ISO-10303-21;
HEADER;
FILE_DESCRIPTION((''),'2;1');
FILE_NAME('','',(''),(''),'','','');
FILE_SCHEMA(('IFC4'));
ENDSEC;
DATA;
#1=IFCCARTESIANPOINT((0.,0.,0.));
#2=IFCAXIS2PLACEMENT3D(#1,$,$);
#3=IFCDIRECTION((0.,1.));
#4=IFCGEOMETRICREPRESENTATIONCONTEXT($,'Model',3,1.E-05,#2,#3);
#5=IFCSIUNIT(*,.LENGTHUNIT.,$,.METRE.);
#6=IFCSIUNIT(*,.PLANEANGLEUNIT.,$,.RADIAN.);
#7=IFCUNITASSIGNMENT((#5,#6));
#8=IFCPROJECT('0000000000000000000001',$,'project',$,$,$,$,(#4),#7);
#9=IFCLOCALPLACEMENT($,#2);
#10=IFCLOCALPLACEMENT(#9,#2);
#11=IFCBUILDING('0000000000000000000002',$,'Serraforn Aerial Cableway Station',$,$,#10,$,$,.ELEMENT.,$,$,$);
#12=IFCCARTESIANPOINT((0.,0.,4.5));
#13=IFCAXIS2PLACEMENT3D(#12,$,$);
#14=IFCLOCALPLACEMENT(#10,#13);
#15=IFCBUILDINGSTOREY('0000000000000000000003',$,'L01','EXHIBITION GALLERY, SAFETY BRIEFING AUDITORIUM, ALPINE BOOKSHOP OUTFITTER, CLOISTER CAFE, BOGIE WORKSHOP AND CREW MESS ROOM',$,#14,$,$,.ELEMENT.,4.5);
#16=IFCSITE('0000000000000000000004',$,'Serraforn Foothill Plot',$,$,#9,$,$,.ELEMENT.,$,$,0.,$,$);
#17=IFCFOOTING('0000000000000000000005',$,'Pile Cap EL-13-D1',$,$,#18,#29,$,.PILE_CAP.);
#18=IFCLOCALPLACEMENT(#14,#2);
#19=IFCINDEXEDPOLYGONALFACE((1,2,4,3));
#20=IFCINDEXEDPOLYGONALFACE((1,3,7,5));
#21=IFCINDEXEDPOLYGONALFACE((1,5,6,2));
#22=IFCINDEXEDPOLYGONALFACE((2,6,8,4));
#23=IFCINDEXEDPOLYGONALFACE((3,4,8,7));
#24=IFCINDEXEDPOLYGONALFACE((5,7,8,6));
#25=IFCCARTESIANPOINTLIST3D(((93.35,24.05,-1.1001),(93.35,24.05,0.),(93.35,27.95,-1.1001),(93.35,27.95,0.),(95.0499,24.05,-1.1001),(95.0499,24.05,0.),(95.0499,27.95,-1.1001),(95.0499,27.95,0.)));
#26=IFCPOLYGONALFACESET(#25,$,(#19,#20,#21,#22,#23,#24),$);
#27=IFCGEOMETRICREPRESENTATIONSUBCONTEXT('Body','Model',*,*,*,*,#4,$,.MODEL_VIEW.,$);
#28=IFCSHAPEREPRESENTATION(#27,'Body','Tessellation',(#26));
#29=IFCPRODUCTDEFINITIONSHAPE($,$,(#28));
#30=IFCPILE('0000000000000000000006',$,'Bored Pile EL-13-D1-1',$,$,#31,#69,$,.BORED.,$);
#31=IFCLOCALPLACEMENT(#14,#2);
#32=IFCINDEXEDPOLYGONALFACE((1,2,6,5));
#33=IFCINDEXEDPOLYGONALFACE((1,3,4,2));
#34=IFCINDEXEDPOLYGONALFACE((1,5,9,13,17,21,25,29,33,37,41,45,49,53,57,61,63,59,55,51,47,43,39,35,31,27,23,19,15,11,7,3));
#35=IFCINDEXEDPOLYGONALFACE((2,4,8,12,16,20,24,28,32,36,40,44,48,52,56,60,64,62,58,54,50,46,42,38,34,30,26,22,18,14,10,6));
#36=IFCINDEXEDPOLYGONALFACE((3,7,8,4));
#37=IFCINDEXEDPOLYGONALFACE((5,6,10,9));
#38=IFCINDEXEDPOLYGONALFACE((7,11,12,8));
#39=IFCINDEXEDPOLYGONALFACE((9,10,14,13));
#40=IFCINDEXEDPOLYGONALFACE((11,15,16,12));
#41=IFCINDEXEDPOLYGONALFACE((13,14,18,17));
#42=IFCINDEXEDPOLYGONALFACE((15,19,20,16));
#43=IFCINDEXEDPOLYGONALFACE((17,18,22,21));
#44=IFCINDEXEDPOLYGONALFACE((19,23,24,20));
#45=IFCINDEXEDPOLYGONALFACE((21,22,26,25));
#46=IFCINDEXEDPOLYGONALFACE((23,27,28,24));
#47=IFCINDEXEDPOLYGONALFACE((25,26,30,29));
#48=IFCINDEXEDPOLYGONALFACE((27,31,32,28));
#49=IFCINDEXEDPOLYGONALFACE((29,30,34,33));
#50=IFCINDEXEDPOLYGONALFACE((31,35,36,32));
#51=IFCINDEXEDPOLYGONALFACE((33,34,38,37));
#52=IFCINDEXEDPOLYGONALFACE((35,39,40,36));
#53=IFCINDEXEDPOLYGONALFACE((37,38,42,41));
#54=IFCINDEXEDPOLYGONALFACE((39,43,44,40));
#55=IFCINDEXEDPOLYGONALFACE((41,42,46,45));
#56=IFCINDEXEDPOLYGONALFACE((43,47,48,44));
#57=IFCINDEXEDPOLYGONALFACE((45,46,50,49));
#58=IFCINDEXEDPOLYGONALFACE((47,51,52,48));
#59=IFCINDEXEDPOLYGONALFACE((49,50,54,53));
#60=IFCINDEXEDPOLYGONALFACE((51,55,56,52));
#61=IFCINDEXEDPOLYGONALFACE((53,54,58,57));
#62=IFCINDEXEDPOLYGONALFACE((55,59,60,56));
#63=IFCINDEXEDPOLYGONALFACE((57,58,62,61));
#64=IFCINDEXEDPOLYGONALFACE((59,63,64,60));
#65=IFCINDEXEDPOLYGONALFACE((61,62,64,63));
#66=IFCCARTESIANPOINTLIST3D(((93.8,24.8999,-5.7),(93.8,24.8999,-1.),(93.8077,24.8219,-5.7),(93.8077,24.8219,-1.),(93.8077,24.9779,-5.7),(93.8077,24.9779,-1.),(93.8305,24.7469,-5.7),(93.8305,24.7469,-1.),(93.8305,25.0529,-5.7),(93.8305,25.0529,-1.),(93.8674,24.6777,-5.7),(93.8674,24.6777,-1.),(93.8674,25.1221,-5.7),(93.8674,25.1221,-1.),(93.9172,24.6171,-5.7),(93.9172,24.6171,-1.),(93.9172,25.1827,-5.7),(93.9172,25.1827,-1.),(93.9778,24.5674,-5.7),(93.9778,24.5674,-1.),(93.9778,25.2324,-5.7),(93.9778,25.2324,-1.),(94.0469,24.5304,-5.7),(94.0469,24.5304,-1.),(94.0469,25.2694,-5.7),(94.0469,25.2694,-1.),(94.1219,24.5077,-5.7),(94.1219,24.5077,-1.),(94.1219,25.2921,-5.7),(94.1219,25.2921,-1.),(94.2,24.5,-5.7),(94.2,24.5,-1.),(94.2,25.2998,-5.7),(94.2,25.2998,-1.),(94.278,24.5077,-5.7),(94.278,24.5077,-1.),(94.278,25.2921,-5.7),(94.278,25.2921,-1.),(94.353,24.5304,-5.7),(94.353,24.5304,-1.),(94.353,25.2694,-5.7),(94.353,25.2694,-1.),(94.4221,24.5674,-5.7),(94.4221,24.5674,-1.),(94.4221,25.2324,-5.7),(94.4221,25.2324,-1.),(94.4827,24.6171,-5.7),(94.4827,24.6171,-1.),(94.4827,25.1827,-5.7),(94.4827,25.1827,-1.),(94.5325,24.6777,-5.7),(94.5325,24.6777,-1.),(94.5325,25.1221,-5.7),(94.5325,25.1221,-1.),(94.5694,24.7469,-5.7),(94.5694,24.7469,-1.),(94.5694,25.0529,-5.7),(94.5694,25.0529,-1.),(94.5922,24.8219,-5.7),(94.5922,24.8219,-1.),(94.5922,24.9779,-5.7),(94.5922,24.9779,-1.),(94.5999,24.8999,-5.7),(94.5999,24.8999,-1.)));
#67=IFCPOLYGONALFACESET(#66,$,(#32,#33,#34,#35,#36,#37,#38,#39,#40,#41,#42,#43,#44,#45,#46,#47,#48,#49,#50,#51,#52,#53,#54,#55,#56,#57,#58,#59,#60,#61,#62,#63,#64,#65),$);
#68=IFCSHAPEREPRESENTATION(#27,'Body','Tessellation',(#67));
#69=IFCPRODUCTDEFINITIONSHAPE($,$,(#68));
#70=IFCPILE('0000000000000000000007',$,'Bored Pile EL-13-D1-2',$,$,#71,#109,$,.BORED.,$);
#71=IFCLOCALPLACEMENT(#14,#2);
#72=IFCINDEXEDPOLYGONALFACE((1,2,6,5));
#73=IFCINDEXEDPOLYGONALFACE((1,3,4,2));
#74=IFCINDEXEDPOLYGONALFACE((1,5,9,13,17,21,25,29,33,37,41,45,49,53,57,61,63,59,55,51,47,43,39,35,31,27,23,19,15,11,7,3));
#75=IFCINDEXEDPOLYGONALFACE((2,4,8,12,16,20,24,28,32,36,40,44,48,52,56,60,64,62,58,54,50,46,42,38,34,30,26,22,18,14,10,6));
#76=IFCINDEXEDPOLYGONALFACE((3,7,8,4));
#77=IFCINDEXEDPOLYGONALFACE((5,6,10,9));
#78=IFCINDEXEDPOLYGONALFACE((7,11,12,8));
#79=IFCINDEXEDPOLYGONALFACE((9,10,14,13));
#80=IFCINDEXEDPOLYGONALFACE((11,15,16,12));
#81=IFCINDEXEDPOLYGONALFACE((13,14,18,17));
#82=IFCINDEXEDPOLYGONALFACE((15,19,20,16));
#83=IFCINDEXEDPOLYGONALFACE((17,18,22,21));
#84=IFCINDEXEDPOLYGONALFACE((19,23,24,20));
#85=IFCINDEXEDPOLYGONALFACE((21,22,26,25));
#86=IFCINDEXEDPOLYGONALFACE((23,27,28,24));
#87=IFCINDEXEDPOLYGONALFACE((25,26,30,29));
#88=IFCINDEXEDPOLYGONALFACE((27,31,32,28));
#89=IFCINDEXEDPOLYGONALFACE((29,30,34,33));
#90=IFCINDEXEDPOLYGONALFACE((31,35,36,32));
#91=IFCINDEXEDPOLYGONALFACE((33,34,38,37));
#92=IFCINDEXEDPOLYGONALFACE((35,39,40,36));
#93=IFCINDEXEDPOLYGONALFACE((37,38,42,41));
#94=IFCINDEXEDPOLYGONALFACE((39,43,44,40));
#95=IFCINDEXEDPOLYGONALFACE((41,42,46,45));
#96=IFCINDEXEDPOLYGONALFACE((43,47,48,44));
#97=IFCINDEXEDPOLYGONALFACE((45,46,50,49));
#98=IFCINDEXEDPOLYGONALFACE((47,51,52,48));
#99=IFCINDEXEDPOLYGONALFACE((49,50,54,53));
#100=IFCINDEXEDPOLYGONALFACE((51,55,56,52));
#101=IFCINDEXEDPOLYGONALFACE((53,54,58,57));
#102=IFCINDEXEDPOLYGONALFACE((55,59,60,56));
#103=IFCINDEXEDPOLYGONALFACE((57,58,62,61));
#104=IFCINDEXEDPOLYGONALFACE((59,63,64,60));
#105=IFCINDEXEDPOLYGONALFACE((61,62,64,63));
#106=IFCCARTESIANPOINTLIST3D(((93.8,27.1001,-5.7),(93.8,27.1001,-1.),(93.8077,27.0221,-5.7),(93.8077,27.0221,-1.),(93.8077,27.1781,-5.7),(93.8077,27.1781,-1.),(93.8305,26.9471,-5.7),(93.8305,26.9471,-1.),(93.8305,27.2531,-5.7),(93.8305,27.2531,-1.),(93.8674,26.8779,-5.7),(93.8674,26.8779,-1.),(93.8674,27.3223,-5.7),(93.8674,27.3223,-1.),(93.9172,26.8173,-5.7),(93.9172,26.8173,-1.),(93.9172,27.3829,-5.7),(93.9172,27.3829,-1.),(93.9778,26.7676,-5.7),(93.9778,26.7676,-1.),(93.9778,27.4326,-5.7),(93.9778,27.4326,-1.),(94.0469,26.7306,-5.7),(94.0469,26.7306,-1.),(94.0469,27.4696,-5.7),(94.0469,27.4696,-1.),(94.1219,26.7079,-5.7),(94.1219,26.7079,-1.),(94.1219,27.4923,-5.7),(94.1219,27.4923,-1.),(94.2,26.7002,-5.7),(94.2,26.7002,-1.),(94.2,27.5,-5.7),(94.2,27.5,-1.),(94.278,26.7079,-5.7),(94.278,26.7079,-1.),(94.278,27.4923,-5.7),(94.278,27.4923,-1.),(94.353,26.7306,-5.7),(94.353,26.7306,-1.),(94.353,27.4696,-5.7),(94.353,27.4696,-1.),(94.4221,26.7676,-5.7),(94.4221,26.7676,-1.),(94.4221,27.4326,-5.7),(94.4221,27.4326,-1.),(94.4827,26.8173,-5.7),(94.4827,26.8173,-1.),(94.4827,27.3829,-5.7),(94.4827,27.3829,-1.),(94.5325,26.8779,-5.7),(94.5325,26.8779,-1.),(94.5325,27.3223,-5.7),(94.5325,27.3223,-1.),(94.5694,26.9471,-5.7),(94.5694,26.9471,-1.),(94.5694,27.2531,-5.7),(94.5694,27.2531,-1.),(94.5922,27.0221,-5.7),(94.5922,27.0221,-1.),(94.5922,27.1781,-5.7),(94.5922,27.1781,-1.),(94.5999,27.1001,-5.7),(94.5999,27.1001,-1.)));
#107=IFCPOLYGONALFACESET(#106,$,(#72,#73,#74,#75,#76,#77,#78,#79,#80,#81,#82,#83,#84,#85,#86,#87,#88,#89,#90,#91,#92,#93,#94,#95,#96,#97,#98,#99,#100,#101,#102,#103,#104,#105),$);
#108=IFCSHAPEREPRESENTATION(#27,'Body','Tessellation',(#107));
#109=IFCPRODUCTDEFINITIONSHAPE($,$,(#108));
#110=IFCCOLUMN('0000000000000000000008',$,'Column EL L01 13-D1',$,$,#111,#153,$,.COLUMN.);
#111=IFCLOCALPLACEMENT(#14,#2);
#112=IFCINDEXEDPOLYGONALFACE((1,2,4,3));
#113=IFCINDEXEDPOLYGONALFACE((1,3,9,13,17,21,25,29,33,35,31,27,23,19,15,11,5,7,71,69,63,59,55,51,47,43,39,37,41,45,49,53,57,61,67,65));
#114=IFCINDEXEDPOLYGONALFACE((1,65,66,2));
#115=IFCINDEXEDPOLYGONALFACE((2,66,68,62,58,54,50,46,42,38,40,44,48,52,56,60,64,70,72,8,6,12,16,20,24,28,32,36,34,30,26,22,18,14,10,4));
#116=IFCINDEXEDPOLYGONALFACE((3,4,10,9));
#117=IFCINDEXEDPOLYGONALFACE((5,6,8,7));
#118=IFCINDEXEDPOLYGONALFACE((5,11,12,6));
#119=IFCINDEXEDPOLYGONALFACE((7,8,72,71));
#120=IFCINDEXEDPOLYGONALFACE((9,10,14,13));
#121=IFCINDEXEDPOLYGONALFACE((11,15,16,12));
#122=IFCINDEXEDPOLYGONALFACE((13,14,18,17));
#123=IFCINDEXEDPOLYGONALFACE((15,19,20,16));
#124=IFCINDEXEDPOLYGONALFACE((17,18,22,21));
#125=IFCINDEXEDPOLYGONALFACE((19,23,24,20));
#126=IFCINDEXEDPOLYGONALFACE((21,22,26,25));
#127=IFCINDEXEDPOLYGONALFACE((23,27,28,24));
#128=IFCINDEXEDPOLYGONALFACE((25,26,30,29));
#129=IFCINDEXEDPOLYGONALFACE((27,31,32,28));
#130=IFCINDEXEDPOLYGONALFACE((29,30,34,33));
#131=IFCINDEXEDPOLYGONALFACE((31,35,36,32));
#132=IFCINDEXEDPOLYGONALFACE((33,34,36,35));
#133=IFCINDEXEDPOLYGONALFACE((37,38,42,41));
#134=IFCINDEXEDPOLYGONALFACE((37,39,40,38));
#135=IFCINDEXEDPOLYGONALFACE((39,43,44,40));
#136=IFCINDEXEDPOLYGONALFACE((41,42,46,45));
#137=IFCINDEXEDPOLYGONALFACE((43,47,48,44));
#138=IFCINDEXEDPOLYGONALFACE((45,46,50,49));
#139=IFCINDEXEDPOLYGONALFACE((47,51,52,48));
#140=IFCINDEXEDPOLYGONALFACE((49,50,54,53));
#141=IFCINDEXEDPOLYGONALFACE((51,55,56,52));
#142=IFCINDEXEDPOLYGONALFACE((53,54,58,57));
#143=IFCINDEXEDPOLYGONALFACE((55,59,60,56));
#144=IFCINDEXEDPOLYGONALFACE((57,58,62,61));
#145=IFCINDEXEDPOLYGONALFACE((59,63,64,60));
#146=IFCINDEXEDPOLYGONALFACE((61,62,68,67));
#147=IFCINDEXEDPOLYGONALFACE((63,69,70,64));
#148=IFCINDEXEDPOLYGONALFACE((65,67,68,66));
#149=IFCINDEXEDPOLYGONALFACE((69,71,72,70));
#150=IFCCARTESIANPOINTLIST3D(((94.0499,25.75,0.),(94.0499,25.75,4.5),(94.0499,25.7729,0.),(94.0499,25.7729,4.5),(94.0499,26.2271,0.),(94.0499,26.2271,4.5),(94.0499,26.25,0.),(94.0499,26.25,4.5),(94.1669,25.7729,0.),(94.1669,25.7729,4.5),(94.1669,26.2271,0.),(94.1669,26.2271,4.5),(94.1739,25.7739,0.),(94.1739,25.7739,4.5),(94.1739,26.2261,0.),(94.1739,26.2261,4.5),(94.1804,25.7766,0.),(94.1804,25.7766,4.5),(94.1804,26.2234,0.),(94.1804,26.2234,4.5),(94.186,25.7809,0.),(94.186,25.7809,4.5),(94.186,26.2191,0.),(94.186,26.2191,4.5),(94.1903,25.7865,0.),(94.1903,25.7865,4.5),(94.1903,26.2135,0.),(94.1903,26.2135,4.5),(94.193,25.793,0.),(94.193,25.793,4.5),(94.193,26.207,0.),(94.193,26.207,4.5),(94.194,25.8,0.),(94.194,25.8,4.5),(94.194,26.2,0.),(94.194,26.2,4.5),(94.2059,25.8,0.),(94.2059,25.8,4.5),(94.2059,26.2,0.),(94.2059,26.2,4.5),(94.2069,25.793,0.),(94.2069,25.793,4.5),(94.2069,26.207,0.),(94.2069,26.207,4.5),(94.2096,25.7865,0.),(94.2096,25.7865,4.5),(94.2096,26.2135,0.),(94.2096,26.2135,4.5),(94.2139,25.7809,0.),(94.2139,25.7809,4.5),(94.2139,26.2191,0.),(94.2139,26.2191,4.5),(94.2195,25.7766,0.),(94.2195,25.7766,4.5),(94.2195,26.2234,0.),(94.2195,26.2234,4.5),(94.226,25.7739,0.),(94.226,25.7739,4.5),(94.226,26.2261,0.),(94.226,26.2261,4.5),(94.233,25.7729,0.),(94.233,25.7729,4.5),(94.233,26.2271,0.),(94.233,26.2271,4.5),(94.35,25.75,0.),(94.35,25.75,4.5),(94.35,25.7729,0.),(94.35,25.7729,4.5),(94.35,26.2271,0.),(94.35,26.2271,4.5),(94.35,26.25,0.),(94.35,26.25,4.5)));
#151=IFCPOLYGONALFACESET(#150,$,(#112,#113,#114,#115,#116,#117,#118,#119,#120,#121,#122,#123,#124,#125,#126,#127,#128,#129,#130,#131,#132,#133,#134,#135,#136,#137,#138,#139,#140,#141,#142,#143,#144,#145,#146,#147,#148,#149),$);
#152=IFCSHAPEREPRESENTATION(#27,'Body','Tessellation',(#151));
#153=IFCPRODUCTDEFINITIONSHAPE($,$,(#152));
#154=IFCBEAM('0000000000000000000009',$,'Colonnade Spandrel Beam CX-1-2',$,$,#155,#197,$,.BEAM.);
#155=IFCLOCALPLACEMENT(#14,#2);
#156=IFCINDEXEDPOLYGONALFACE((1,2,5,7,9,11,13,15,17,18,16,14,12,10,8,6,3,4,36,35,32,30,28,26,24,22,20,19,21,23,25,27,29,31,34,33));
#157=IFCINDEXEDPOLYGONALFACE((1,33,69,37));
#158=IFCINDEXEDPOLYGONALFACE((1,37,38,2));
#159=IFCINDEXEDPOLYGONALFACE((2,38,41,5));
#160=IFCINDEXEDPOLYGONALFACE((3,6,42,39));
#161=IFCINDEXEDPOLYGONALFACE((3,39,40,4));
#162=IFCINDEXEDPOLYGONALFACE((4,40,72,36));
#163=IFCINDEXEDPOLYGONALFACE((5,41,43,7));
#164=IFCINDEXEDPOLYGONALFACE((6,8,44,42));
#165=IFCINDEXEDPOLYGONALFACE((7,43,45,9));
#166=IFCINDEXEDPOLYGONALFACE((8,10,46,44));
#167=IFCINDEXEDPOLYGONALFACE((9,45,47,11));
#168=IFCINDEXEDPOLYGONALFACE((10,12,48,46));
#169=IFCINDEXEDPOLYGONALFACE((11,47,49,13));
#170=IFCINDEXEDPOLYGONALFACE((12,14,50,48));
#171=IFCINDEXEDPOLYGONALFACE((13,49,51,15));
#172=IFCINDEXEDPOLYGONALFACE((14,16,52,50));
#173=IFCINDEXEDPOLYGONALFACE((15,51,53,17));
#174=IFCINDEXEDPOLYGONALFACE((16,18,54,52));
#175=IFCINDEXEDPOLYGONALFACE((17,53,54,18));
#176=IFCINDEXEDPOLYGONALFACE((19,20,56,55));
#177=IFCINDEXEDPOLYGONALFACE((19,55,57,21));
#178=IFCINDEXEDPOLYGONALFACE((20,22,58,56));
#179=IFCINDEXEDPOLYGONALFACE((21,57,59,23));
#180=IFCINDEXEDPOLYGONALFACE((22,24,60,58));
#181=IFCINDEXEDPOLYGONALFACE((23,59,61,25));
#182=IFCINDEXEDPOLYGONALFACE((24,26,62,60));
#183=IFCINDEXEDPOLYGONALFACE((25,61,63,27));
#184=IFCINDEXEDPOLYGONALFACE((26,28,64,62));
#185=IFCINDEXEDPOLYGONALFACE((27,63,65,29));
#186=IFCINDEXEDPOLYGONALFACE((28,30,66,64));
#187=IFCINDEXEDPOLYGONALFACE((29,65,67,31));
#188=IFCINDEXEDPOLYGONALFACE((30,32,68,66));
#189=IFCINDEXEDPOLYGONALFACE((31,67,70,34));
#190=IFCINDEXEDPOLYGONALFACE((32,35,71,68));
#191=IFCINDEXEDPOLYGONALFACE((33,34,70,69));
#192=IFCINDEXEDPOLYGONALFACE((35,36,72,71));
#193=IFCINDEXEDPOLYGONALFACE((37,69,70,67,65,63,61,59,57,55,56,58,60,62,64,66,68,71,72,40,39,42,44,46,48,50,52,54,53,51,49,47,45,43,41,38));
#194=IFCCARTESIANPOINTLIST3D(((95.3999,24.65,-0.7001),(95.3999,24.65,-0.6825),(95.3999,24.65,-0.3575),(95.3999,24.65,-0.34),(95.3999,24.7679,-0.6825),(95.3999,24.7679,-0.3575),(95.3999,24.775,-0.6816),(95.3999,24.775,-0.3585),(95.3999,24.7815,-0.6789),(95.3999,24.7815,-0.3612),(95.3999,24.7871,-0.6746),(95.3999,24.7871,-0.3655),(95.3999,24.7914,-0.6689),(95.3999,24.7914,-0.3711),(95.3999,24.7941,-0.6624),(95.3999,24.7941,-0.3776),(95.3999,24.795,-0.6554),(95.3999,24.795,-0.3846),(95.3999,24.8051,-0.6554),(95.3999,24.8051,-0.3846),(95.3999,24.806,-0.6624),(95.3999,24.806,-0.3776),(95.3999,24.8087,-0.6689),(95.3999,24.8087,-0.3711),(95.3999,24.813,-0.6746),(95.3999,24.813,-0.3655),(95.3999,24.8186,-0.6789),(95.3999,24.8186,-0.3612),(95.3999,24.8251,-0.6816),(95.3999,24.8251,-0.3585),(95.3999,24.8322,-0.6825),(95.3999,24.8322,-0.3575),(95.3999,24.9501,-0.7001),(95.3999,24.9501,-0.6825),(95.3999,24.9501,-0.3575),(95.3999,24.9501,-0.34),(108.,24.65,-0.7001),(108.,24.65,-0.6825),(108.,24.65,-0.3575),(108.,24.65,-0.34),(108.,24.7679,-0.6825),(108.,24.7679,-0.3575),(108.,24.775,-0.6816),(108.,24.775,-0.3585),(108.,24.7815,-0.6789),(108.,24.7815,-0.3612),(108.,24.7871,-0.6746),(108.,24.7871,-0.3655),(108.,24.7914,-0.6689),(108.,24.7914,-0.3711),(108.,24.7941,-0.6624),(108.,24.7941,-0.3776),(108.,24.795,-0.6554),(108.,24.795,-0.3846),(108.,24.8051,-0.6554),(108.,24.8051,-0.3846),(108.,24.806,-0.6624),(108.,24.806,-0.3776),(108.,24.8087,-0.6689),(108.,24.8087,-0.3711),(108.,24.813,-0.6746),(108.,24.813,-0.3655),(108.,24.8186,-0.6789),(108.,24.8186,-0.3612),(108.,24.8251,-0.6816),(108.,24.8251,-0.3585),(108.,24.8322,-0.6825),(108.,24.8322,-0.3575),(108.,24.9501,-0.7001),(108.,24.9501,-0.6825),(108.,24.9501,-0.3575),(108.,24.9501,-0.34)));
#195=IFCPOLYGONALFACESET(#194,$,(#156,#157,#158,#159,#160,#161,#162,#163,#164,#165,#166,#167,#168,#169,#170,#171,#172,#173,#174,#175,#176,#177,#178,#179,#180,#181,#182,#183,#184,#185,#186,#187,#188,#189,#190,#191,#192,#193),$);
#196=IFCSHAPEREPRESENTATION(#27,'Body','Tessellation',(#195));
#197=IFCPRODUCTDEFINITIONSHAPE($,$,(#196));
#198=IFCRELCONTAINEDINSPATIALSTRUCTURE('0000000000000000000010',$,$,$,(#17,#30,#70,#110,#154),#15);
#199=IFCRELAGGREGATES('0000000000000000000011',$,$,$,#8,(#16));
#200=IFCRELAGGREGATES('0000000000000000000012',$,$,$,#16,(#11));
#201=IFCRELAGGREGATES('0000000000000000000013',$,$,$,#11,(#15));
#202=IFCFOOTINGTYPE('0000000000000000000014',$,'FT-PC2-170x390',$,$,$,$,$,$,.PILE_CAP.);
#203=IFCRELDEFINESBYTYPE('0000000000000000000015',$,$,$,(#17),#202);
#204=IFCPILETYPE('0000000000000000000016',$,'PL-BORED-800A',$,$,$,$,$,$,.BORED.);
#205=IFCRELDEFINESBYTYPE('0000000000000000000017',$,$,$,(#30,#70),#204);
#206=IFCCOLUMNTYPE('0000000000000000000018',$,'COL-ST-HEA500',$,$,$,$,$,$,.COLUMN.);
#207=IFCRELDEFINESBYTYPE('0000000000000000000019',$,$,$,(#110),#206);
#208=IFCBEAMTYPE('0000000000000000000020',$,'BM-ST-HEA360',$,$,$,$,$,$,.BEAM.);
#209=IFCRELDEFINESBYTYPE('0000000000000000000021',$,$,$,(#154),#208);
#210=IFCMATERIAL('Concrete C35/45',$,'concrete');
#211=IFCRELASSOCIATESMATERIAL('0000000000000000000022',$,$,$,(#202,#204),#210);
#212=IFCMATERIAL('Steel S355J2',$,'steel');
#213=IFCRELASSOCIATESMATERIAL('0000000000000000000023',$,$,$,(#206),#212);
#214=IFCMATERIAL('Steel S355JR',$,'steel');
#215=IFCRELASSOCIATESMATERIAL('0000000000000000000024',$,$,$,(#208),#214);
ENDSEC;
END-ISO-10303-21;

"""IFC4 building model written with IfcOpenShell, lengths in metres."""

from ifc_helpers import new_model, si_unit, direction, frame, origin, origin_2d, place, context, subcontext, project, spatial, rectangle, circle, i_section, extrude, material, material_profile, profile_set, type_object, element, save


model = new_model("IFC4")

# Units and contexts
model_context = context("Model", 3, precision=1e-05, world=origin(), true_north=direction((0.0, 1.0)))
body_context = subcontext(model_context, "Body", "Model", "MODEL_VIEW")
ifc_project = project(units=[si_unit("LENGTHUNIT", "METRE"), si_unit("PLANEANGLEUNIT", "RADIAN")], contexts=[model_context])

# Site, building, storey
site_placement = place(None, origin())
site = spatial("IfcSite", under=ifc_project, at=site_placement, Name="Serraforn Foothill Plot", CompositionType="ELEMENT", RefElevation=0.0)
building_placement = place(site_placement, origin())
building = spatial("IfcBuilding", under=site, at=building_placement, Name="Serraforn Aerial Cableway Station", CompositionType="ELEMENT")
storey_placement = place(building_placement, frame((0.0, 0.0, 4.5)))
storey = spatial("IfcBuildingStorey", under=building, at=storey_placement, Name="L01", Description="EXHIBITION GALLERY, SAFETY BRIEFING AUDITORIUM, ALPINE BOOKSHOP OUTFITTER, CLOISTER CAFE, BOGIE WORKSHOP AND CREW MESS ROOM", CompositionType="ELEMENT", Elevation=4.5)

# Footing
ifc_material_1 = material(Name="Concrete C35/45", Category="concrete")
footing_type = type_object("IfcFootingType", Name="FT-PC2-170x390", PredefinedType="PILE_CAP", material=ifc_material_1)
footing_placement = place(storey_placement, frame((94.2, 26.0, -1.1001), z_axis=(0.0, 0.0, 1.0), x_axis=(1.0, 0.0, 0.0)))
element("IfcFooting", 1, at=footing_placement, inside=storey, type_object=footing_type, Name="Pile Cap EL-13-D1", PredefinedType="PILE_CAP", context=body_context, shape_type="SweptSolid", body=[
    extrude(rectangle(XDim=1.7, YDim=3.8999, at=origin_2d()), origin(), (0.0, 0.0, 1.0), 1.1001),
])

# Piles
ifc_material_profile_1 = material_profile(ifc_material_1, circle(Radius=0.3999, at=origin_2d()), Name="BORED PILE D800")
ifc_profile_set_1 = profile_set([ifc_material_profile_1], Name="Concrete C35/45")
pile_type = type_object("IfcPileType", Name="PL-BORED-800A", PredefinedType="BORED", material=ifc_profile_set_1)
for number, where, z_axis, x_axis, name in (
    (2, (94.2, 24.8999, -1.0), (0.0, 0.0, -1.0), (1.0, 0.0, 0.0), "Bored Pile EL-13-D1-1"),
    (3, (94.2, 27.1001, -1.0), (0.0, 0.0, -1.0), (1.0, 0.0, 0.0), "Bored Pile EL-13-D1-2"),
):
    element("IfcPile", number, at=place(storey_placement, frame(where, z_axis=z_axis, x_axis=x_axis)), inside=storey, type_object=pile_type, Name=name, PredefinedType="BORED", context=body_context, shape_type="SweptSolid", body=[
        extrude(circle(Radius=0.3999, at=origin_2d()), origin(), (0.0, 0.0, 1.0), 4.7),
    ])

# Column
ifc_material_2 = material(Name="Steel S355J2", Category="steel")
ifc_material_profile_2 = material_profile(ifc_material_2, i_section(OverallWidth=0.3, OverallDepth=0.5, WebThickness=0.012, FlangeThickness=0.0229, FilletRadius=0.0271, at=origin_2d()), Name="HEA 500")
ifc_profile_set_2 = profile_set([ifc_material_profile_2], Name="Steel S355J2")
column_type = type_object("IfcColumnType", Name="COL-ST-HEA500", PredefinedType="COLUMN", material=ifc_profile_set_2)
column_placement = place(storey_placement, frame((94.2, 26.0, 0.0), z_axis=(0.0, 0.0, 1.0), x_axis=(1.0, 0.0, 0.0)))
element("IfcColumn", 4, at=column_placement, inside=storey, type_object=column_type, Name="Column EL L01 13-D1", PredefinedType="COLUMN", context=body_context, shape_type="SweptSolid", body=[
    extrude(i_section(OverallWidth=0.3, OverallDepth=0.5, WebThickness=0.012, FlangeThickness=0.0229, FilletRadius=0.0271, at=origin_2d()), origin(), (0.0, 0.0, 1.0), 4.5),
])

# Beam
ifc_material_3 = material(Name="Steel S355JR", Category="steel")
ifc_material_profile_3 = material_profile(ifc_material_3, i_section(OverallWidth=0.3, OverallDepth=0.3601, WebThickness=0.01, FlangeThickness=0.0176, FilletRadius=0.0271, at=origin_2d()), Name="HEA 360")
ifc_profile_set_3 = profile_set([ifc_material_profile_3], Name="Steel S355JR")
beam_type = type_object("IfcBeamType", Name="BM-ST-HEA360", PredefinedType="BEAM", material=ifc_profile_set_3)
beam_placement = place(storey_placement, frame((95.3999, 24.8, -0.52), z_axis=(1.0, 0.0, 0.0), x_axis=(0.0, 1.0, 0.0)))
element("IfcBeam", 5, at=beam_placement, inside=storey, type_object=beam_type, Name="Colonnade Spandrel Beam CX-1-2", PredefinedType="BEAM", context=body_context, shape_type="SweptSolid", body=[
    extrude(i_section(OverallWidth=0.3, OverallDepth=0.3601, WebThickness=0.01, FlangeThickness=0.0176, FilletRadius=0.0271, at=origin_2d()), origin(), (0.0, 0.0, 1.0), 12.6001),
])

save(model, "model.ifc")
